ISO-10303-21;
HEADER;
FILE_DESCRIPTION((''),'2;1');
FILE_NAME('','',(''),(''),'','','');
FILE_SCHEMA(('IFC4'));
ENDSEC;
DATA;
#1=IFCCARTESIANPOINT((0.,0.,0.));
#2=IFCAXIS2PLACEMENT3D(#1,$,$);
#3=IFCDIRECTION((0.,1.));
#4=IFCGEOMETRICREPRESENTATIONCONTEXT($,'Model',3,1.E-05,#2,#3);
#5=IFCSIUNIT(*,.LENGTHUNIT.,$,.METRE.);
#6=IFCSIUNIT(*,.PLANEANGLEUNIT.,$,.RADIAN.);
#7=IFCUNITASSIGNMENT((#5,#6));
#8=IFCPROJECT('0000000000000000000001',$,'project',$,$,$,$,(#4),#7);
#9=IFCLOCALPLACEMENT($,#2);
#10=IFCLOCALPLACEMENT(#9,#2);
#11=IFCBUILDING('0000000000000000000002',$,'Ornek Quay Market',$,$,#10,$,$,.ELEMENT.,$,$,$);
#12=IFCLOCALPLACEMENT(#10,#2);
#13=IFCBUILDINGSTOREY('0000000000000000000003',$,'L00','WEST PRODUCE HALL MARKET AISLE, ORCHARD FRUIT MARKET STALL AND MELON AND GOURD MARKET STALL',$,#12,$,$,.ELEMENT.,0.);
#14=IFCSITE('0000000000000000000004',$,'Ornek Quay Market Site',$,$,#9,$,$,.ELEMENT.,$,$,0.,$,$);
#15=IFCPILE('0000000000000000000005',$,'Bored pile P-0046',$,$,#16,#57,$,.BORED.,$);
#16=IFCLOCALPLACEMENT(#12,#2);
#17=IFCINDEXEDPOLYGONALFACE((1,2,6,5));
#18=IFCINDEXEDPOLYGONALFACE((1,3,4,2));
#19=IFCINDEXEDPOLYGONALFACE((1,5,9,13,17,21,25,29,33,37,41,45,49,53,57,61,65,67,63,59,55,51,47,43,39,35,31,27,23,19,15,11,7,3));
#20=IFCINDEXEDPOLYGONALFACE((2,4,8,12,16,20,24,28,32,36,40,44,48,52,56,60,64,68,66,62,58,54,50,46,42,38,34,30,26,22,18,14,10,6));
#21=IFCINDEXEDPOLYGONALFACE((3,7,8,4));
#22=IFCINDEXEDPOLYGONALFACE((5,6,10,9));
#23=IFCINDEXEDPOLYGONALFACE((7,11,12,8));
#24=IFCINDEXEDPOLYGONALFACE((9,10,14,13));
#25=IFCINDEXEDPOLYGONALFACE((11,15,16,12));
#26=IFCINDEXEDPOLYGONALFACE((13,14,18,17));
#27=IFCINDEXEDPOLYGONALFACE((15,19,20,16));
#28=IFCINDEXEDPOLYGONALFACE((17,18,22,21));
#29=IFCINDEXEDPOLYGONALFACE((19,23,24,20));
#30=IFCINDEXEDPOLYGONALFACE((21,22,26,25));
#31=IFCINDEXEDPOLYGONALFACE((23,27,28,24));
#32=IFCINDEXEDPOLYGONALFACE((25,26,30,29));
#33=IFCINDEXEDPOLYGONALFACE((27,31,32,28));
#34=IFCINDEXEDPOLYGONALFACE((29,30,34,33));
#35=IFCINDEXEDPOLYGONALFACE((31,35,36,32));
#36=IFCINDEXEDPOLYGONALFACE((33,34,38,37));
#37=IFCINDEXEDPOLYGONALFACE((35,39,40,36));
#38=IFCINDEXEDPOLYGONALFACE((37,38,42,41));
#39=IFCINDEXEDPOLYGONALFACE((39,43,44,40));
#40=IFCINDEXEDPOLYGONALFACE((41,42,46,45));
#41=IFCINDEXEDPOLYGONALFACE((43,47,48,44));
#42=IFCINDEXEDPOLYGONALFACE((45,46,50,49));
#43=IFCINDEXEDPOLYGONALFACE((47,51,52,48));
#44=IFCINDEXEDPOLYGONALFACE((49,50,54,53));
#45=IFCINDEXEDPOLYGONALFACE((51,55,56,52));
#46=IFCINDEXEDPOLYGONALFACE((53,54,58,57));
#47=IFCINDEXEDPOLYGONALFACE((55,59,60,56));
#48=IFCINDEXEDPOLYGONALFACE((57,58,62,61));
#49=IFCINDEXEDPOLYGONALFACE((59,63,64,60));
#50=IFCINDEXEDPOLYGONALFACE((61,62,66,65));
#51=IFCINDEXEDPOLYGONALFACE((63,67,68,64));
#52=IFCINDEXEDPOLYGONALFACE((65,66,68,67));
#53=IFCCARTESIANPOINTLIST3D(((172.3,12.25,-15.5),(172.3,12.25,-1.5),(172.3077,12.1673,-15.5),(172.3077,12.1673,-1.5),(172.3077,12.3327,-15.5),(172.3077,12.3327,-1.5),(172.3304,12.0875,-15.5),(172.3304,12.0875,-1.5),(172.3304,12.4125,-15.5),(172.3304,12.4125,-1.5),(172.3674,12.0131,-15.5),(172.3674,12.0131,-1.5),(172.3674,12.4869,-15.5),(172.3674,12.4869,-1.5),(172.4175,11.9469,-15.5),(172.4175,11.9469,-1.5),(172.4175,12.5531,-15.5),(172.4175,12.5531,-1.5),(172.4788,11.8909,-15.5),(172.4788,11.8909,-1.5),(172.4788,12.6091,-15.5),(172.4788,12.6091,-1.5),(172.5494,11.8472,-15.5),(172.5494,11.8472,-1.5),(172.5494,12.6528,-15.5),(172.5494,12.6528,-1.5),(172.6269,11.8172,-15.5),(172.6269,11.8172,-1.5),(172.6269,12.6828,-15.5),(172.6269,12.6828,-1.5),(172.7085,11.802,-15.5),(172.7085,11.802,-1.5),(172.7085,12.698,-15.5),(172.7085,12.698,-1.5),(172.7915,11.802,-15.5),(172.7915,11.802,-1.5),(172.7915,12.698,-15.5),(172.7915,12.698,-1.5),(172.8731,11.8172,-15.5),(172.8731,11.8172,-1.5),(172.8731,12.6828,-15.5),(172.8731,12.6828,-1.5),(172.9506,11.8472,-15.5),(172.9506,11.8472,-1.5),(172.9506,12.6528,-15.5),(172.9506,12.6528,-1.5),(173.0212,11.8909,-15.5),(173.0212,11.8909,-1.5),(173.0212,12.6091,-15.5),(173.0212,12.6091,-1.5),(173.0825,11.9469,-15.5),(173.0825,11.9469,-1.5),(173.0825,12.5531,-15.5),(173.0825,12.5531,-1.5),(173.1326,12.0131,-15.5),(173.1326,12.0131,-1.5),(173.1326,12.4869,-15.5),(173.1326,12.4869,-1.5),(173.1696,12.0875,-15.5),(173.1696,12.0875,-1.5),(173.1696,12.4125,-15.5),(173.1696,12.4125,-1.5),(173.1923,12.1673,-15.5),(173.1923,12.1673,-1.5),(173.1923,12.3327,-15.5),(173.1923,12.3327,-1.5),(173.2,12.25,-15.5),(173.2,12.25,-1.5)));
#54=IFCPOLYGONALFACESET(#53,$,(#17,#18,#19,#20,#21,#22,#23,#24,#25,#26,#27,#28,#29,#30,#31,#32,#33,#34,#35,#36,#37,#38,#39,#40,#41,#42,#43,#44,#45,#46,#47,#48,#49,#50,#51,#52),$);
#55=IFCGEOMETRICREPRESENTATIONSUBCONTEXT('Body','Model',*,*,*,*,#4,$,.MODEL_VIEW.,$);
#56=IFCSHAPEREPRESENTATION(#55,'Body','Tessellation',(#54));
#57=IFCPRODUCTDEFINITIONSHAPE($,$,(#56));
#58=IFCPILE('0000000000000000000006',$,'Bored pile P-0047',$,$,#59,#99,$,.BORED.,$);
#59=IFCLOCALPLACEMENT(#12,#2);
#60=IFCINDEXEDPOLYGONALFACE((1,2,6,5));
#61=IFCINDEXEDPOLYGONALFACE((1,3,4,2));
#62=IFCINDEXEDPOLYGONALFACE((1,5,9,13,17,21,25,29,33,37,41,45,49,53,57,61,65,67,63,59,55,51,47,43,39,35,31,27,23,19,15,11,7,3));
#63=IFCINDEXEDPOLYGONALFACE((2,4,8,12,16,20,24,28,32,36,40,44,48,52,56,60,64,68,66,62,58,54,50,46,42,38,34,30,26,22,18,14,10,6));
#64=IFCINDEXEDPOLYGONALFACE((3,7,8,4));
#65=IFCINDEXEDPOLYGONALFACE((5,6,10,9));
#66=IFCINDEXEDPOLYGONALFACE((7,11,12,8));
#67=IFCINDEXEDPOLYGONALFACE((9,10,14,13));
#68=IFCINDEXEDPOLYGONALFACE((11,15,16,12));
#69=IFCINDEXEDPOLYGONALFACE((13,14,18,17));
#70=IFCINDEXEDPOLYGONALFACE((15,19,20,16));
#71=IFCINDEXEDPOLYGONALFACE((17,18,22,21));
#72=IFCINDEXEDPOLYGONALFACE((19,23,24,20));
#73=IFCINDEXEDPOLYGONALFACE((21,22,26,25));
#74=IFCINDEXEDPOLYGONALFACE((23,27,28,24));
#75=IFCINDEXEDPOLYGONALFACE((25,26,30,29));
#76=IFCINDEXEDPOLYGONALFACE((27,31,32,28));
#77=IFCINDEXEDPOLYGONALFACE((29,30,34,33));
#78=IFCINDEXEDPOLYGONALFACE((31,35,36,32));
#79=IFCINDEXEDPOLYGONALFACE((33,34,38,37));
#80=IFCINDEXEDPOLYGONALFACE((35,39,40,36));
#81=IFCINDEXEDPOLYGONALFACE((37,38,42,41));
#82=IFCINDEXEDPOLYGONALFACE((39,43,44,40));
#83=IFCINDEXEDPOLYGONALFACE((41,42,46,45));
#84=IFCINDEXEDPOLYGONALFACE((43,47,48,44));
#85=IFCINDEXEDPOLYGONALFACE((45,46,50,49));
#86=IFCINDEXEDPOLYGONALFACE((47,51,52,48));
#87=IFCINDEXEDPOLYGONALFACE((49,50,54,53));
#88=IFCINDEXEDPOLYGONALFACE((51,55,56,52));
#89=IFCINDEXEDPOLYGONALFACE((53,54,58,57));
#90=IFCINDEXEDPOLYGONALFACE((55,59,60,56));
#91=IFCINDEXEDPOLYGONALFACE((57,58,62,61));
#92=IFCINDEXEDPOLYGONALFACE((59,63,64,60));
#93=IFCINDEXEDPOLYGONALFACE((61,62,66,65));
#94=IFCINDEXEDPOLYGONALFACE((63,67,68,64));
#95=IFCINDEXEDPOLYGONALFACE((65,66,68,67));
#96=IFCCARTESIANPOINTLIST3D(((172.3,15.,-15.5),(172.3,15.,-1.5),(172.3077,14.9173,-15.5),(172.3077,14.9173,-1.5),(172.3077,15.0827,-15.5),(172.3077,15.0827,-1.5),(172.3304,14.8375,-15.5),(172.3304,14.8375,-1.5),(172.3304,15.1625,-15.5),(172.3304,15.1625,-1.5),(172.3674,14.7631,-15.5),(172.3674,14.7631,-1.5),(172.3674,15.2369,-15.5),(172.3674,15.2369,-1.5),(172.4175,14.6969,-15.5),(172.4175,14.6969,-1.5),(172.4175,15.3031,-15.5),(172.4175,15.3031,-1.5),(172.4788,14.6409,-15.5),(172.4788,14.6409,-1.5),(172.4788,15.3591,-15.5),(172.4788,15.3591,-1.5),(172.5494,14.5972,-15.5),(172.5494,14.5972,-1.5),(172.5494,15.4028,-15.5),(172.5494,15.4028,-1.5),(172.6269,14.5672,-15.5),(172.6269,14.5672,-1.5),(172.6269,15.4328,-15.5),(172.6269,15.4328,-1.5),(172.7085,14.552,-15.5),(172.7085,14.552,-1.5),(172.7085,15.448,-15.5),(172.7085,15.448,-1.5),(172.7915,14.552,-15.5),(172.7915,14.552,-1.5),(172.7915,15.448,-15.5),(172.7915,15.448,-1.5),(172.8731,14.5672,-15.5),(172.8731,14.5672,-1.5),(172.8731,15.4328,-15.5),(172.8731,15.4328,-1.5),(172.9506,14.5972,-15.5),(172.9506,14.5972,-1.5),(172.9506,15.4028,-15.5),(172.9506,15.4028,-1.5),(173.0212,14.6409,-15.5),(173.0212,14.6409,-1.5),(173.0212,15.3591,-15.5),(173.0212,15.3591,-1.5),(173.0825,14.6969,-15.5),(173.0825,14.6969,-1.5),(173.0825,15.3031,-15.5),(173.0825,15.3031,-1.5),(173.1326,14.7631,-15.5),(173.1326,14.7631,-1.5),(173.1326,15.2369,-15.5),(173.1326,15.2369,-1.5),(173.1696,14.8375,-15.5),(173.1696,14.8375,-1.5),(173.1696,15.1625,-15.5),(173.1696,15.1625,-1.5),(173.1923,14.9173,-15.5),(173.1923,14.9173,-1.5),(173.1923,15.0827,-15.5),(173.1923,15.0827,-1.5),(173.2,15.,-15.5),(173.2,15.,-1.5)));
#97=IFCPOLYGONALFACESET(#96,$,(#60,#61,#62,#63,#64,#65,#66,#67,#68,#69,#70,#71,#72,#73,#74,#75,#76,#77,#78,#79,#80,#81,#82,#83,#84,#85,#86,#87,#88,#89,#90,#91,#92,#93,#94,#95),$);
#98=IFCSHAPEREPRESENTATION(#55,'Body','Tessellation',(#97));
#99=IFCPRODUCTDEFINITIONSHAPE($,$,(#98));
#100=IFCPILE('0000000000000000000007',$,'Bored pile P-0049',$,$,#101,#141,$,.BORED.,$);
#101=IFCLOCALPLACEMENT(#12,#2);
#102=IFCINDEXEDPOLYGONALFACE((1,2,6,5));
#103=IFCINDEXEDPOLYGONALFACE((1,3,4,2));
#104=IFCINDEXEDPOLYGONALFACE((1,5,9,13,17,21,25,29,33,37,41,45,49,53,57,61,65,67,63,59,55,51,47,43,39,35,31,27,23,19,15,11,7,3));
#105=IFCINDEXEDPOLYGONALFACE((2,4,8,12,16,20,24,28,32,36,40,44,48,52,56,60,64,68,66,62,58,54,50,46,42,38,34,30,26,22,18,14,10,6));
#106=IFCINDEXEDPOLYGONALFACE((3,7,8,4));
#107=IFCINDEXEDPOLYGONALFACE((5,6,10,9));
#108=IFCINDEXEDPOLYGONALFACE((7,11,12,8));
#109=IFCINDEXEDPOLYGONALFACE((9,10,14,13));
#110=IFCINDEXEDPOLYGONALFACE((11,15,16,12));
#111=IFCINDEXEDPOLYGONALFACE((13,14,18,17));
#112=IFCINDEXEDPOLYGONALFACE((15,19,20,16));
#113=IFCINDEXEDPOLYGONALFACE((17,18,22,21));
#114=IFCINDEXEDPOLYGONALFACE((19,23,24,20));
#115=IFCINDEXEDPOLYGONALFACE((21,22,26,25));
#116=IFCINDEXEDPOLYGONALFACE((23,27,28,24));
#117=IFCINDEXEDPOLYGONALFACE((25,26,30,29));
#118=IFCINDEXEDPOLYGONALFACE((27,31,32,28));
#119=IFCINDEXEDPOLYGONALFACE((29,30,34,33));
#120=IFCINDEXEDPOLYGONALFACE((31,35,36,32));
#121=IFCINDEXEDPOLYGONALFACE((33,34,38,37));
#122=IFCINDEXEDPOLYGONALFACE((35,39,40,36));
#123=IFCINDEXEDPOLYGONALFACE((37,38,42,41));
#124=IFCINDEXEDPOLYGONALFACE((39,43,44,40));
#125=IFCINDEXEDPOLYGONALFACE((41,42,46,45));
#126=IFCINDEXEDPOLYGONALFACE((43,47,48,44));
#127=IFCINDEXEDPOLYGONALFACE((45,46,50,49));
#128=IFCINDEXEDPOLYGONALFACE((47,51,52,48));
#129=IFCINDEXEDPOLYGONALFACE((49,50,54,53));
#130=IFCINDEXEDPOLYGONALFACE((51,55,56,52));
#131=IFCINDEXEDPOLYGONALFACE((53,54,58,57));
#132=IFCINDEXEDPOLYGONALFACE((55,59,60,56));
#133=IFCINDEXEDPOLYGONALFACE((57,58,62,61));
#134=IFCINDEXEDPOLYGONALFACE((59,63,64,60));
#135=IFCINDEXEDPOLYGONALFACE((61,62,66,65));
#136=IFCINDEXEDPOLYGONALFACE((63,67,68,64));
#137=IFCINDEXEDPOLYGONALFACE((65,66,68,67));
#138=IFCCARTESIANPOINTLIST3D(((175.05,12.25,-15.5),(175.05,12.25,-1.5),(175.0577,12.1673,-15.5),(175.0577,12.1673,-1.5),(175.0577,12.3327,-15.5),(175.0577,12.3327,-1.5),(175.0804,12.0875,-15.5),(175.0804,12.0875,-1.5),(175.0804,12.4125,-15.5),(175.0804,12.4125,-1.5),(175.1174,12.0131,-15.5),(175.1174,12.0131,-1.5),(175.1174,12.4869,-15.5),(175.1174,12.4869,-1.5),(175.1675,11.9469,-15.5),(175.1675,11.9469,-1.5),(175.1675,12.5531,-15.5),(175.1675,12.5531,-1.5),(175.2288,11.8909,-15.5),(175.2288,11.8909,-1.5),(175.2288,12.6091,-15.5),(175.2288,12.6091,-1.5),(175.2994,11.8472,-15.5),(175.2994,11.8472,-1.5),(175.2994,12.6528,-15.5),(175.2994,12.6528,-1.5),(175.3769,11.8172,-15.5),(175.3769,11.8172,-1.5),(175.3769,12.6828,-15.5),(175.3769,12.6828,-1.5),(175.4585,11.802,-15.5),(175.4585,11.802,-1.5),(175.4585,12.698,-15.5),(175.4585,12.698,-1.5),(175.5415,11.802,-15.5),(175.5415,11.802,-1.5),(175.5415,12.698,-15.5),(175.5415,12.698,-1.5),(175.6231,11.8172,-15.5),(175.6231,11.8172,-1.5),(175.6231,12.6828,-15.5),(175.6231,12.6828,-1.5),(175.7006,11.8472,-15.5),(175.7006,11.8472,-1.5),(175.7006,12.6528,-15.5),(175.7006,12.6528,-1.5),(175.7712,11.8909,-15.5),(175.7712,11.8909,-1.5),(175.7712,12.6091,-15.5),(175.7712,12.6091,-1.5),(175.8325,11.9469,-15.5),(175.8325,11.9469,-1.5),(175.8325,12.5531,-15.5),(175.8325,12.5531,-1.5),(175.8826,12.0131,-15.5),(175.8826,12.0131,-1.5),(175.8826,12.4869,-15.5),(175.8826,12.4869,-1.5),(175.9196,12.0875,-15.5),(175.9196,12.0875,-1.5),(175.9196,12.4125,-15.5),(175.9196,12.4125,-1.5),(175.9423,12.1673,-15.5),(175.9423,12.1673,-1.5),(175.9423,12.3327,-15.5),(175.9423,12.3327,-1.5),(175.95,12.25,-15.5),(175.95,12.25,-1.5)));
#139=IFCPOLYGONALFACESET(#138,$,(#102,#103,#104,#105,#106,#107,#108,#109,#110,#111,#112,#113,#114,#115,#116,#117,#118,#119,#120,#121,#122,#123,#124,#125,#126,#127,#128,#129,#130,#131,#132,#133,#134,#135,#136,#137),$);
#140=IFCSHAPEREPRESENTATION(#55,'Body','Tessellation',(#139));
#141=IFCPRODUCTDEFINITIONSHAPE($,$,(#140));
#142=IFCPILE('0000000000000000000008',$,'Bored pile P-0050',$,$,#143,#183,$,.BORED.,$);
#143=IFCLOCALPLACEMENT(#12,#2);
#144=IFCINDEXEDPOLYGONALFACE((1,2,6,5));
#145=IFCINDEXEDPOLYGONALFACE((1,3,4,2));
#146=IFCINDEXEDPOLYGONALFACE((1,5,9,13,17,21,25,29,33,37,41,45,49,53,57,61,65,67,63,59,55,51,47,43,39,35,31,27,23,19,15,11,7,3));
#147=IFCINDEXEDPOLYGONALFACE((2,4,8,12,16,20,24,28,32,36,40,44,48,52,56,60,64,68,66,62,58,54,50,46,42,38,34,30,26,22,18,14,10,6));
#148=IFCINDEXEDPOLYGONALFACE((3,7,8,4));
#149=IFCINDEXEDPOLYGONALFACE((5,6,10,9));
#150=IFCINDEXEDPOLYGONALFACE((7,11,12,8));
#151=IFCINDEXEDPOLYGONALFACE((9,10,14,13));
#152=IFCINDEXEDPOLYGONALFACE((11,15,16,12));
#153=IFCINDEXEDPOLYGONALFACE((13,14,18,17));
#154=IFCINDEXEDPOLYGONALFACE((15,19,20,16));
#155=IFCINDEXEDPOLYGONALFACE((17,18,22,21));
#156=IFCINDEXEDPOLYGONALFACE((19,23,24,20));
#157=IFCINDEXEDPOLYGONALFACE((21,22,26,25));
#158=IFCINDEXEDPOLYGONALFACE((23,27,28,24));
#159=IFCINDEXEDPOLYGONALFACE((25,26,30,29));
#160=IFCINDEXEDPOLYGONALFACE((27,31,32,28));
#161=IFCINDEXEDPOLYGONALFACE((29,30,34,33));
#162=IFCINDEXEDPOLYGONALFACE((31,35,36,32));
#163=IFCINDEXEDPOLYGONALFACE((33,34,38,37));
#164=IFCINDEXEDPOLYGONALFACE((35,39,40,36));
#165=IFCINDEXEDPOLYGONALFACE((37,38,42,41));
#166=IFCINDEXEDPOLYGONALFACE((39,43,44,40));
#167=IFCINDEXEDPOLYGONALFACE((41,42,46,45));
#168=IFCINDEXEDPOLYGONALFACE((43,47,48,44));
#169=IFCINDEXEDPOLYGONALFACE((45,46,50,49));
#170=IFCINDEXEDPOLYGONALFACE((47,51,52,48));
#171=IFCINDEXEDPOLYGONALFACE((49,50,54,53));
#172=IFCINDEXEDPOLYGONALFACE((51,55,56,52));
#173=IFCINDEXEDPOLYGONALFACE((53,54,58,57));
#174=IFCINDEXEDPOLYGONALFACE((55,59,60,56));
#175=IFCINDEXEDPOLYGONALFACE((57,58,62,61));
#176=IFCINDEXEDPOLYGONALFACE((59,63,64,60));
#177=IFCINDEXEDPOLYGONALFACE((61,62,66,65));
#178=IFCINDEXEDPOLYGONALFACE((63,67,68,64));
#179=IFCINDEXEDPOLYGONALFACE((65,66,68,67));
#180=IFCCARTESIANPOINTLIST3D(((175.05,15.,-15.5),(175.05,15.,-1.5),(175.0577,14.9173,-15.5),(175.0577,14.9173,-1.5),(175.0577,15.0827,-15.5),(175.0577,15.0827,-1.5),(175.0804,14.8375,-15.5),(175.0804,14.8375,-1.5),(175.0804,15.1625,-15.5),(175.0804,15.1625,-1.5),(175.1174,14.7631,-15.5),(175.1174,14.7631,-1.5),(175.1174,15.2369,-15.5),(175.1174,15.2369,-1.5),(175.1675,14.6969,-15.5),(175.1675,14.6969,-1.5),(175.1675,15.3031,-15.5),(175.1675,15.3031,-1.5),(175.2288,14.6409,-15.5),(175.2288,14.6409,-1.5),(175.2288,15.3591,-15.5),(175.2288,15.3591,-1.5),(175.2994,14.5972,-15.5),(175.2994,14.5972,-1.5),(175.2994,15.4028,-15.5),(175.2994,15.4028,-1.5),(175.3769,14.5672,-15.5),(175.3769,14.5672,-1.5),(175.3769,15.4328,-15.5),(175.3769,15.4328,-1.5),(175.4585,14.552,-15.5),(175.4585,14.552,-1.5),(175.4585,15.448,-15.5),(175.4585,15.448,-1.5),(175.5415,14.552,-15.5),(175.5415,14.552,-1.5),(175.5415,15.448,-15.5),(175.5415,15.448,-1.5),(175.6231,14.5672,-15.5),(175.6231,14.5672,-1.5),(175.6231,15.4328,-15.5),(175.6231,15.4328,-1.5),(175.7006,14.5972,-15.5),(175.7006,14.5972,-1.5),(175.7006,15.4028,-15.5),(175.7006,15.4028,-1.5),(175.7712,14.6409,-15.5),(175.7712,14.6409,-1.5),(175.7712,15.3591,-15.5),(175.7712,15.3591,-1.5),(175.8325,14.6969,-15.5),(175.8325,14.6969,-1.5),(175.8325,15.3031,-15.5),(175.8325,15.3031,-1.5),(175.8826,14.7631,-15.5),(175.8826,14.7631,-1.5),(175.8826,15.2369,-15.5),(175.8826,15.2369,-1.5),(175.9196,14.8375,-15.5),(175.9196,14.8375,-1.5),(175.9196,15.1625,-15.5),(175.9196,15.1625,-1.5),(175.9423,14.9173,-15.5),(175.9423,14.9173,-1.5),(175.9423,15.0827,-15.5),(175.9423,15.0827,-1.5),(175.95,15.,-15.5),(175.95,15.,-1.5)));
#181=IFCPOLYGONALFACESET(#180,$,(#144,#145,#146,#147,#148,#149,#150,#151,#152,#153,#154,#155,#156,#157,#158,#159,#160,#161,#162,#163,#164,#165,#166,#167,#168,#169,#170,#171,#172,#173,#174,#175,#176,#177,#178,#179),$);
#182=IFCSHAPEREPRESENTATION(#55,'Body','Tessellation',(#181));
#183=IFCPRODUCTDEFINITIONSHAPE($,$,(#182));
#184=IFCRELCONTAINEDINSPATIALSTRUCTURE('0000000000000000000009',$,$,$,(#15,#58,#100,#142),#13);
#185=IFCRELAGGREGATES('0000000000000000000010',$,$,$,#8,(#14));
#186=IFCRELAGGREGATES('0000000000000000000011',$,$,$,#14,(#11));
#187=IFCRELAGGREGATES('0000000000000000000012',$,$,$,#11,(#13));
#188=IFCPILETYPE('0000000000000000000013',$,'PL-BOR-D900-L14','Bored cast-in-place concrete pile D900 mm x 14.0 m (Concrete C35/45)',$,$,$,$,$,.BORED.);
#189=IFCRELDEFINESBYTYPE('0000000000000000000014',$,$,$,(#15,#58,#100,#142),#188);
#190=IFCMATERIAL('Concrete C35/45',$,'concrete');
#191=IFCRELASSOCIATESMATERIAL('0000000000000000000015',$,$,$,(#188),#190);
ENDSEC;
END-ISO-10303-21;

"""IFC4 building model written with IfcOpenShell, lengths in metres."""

from ifc_helpers import new_model, si_unit, direction, frame, origin, origin_2d, place, context, subcontext, project, spatial, circle, extrude, material, material_profile, profile_set, type_object, element, save


model = new_model("IFC4")

# Units and contexts
model_context = context("Model", 3, precision=1e-05, world=origin(), true_north=direction((0.0, 1.0)))
body_context = subcontext(model_context, "Body", "Model", "MODEL_VIEW")
ifc_project = project(units=[si_unit("LENGTHUNIT", "METRE"), si_unit("PLANEANGLEUNIT", "RADIAN")], contexts=[model_context])

# Site, building, storey
site_placement = place(None, origin())
site = spatial("IfcSite", under=ifc_project, at=site_placement, Name="Ornek Quay Market Site", CompositionType="ELEMENT", RefElevation=0.0)
building_placement = place(site_placement, origin())
building = spatial("IfcBuilding", under=site, at=building_placement, Name="Ornek Quay Market", CompositionType="ELEMENT")
storey_placement = place(building_placement, origin())
storey = spatial("IfcBuildingStorey", under=building, at=storey_placement, Name="L00", Description="WEST PRODUCE HALL MARKET AISLE, ORCHARD FRUIT MARKET STALL AND MELON AND GOURD MARKET STALL", CompositionType="ELEMENT", Elevation=0.0)

# Piles
ifc_material_1 = material(Name="Concrete C35/45", Category="concrete")
ifc_material_profile_1 = material_profile(ifc_material_1, circle(Radius=0.45, at=origin_2d()), Name="PILE D900", Category="concrete")
ifc_profile_set_1 = profile_set([ifc_material_profile_1], Name="Concrete C35/45")
pile_type = type_object("IfcPileType", Name="PL-BOR-D900-L14", Description="Bored cast-in-place concrete pile D900 mm x 14.0 m (Concrete C35/45)", PredefinedType="BORED", material=ifc_profile_set_1)
for number, where, z_axis, x_axis, name in (
    (1, (172.75, 12.25, -1.5), (0.0, 0.0, -1.0), (1.0, 0.0, 0.0), "Bored pile P-0046"),
    (2, (172.75, 15.0, -1.5), (0.0, 0.0, -1.0), (1.0, 0.0, 0.0), "Bored pile P-0047"),
    (3, (175.5, 12.25, -1.5), (0.0, 0.0, -1.0), (1.0, 0.0, 0.0), "Bored pile P-0049"),
    (4, (175.5, 15.0, -1.5), (0.0, 0.0, -1.0), (1.0, 0.0, 0.0), "Bored pile P-0050"),
):
    element("IfcPile", number, at=place(storey_placement, frame(where, z_axis=z_axis, x_axis=x_axis)), inside=storey, type_object=pile_type, Name=name, PredefinedType="BORED", context=body_context, shape_type="SweptSolid", body=[
        extrude(circle(Radius=0.45, at=origin_2d()), origin(), (0.0, 0.0, 1.0), 14.0),
    ])

save(model, "model.ifc")
